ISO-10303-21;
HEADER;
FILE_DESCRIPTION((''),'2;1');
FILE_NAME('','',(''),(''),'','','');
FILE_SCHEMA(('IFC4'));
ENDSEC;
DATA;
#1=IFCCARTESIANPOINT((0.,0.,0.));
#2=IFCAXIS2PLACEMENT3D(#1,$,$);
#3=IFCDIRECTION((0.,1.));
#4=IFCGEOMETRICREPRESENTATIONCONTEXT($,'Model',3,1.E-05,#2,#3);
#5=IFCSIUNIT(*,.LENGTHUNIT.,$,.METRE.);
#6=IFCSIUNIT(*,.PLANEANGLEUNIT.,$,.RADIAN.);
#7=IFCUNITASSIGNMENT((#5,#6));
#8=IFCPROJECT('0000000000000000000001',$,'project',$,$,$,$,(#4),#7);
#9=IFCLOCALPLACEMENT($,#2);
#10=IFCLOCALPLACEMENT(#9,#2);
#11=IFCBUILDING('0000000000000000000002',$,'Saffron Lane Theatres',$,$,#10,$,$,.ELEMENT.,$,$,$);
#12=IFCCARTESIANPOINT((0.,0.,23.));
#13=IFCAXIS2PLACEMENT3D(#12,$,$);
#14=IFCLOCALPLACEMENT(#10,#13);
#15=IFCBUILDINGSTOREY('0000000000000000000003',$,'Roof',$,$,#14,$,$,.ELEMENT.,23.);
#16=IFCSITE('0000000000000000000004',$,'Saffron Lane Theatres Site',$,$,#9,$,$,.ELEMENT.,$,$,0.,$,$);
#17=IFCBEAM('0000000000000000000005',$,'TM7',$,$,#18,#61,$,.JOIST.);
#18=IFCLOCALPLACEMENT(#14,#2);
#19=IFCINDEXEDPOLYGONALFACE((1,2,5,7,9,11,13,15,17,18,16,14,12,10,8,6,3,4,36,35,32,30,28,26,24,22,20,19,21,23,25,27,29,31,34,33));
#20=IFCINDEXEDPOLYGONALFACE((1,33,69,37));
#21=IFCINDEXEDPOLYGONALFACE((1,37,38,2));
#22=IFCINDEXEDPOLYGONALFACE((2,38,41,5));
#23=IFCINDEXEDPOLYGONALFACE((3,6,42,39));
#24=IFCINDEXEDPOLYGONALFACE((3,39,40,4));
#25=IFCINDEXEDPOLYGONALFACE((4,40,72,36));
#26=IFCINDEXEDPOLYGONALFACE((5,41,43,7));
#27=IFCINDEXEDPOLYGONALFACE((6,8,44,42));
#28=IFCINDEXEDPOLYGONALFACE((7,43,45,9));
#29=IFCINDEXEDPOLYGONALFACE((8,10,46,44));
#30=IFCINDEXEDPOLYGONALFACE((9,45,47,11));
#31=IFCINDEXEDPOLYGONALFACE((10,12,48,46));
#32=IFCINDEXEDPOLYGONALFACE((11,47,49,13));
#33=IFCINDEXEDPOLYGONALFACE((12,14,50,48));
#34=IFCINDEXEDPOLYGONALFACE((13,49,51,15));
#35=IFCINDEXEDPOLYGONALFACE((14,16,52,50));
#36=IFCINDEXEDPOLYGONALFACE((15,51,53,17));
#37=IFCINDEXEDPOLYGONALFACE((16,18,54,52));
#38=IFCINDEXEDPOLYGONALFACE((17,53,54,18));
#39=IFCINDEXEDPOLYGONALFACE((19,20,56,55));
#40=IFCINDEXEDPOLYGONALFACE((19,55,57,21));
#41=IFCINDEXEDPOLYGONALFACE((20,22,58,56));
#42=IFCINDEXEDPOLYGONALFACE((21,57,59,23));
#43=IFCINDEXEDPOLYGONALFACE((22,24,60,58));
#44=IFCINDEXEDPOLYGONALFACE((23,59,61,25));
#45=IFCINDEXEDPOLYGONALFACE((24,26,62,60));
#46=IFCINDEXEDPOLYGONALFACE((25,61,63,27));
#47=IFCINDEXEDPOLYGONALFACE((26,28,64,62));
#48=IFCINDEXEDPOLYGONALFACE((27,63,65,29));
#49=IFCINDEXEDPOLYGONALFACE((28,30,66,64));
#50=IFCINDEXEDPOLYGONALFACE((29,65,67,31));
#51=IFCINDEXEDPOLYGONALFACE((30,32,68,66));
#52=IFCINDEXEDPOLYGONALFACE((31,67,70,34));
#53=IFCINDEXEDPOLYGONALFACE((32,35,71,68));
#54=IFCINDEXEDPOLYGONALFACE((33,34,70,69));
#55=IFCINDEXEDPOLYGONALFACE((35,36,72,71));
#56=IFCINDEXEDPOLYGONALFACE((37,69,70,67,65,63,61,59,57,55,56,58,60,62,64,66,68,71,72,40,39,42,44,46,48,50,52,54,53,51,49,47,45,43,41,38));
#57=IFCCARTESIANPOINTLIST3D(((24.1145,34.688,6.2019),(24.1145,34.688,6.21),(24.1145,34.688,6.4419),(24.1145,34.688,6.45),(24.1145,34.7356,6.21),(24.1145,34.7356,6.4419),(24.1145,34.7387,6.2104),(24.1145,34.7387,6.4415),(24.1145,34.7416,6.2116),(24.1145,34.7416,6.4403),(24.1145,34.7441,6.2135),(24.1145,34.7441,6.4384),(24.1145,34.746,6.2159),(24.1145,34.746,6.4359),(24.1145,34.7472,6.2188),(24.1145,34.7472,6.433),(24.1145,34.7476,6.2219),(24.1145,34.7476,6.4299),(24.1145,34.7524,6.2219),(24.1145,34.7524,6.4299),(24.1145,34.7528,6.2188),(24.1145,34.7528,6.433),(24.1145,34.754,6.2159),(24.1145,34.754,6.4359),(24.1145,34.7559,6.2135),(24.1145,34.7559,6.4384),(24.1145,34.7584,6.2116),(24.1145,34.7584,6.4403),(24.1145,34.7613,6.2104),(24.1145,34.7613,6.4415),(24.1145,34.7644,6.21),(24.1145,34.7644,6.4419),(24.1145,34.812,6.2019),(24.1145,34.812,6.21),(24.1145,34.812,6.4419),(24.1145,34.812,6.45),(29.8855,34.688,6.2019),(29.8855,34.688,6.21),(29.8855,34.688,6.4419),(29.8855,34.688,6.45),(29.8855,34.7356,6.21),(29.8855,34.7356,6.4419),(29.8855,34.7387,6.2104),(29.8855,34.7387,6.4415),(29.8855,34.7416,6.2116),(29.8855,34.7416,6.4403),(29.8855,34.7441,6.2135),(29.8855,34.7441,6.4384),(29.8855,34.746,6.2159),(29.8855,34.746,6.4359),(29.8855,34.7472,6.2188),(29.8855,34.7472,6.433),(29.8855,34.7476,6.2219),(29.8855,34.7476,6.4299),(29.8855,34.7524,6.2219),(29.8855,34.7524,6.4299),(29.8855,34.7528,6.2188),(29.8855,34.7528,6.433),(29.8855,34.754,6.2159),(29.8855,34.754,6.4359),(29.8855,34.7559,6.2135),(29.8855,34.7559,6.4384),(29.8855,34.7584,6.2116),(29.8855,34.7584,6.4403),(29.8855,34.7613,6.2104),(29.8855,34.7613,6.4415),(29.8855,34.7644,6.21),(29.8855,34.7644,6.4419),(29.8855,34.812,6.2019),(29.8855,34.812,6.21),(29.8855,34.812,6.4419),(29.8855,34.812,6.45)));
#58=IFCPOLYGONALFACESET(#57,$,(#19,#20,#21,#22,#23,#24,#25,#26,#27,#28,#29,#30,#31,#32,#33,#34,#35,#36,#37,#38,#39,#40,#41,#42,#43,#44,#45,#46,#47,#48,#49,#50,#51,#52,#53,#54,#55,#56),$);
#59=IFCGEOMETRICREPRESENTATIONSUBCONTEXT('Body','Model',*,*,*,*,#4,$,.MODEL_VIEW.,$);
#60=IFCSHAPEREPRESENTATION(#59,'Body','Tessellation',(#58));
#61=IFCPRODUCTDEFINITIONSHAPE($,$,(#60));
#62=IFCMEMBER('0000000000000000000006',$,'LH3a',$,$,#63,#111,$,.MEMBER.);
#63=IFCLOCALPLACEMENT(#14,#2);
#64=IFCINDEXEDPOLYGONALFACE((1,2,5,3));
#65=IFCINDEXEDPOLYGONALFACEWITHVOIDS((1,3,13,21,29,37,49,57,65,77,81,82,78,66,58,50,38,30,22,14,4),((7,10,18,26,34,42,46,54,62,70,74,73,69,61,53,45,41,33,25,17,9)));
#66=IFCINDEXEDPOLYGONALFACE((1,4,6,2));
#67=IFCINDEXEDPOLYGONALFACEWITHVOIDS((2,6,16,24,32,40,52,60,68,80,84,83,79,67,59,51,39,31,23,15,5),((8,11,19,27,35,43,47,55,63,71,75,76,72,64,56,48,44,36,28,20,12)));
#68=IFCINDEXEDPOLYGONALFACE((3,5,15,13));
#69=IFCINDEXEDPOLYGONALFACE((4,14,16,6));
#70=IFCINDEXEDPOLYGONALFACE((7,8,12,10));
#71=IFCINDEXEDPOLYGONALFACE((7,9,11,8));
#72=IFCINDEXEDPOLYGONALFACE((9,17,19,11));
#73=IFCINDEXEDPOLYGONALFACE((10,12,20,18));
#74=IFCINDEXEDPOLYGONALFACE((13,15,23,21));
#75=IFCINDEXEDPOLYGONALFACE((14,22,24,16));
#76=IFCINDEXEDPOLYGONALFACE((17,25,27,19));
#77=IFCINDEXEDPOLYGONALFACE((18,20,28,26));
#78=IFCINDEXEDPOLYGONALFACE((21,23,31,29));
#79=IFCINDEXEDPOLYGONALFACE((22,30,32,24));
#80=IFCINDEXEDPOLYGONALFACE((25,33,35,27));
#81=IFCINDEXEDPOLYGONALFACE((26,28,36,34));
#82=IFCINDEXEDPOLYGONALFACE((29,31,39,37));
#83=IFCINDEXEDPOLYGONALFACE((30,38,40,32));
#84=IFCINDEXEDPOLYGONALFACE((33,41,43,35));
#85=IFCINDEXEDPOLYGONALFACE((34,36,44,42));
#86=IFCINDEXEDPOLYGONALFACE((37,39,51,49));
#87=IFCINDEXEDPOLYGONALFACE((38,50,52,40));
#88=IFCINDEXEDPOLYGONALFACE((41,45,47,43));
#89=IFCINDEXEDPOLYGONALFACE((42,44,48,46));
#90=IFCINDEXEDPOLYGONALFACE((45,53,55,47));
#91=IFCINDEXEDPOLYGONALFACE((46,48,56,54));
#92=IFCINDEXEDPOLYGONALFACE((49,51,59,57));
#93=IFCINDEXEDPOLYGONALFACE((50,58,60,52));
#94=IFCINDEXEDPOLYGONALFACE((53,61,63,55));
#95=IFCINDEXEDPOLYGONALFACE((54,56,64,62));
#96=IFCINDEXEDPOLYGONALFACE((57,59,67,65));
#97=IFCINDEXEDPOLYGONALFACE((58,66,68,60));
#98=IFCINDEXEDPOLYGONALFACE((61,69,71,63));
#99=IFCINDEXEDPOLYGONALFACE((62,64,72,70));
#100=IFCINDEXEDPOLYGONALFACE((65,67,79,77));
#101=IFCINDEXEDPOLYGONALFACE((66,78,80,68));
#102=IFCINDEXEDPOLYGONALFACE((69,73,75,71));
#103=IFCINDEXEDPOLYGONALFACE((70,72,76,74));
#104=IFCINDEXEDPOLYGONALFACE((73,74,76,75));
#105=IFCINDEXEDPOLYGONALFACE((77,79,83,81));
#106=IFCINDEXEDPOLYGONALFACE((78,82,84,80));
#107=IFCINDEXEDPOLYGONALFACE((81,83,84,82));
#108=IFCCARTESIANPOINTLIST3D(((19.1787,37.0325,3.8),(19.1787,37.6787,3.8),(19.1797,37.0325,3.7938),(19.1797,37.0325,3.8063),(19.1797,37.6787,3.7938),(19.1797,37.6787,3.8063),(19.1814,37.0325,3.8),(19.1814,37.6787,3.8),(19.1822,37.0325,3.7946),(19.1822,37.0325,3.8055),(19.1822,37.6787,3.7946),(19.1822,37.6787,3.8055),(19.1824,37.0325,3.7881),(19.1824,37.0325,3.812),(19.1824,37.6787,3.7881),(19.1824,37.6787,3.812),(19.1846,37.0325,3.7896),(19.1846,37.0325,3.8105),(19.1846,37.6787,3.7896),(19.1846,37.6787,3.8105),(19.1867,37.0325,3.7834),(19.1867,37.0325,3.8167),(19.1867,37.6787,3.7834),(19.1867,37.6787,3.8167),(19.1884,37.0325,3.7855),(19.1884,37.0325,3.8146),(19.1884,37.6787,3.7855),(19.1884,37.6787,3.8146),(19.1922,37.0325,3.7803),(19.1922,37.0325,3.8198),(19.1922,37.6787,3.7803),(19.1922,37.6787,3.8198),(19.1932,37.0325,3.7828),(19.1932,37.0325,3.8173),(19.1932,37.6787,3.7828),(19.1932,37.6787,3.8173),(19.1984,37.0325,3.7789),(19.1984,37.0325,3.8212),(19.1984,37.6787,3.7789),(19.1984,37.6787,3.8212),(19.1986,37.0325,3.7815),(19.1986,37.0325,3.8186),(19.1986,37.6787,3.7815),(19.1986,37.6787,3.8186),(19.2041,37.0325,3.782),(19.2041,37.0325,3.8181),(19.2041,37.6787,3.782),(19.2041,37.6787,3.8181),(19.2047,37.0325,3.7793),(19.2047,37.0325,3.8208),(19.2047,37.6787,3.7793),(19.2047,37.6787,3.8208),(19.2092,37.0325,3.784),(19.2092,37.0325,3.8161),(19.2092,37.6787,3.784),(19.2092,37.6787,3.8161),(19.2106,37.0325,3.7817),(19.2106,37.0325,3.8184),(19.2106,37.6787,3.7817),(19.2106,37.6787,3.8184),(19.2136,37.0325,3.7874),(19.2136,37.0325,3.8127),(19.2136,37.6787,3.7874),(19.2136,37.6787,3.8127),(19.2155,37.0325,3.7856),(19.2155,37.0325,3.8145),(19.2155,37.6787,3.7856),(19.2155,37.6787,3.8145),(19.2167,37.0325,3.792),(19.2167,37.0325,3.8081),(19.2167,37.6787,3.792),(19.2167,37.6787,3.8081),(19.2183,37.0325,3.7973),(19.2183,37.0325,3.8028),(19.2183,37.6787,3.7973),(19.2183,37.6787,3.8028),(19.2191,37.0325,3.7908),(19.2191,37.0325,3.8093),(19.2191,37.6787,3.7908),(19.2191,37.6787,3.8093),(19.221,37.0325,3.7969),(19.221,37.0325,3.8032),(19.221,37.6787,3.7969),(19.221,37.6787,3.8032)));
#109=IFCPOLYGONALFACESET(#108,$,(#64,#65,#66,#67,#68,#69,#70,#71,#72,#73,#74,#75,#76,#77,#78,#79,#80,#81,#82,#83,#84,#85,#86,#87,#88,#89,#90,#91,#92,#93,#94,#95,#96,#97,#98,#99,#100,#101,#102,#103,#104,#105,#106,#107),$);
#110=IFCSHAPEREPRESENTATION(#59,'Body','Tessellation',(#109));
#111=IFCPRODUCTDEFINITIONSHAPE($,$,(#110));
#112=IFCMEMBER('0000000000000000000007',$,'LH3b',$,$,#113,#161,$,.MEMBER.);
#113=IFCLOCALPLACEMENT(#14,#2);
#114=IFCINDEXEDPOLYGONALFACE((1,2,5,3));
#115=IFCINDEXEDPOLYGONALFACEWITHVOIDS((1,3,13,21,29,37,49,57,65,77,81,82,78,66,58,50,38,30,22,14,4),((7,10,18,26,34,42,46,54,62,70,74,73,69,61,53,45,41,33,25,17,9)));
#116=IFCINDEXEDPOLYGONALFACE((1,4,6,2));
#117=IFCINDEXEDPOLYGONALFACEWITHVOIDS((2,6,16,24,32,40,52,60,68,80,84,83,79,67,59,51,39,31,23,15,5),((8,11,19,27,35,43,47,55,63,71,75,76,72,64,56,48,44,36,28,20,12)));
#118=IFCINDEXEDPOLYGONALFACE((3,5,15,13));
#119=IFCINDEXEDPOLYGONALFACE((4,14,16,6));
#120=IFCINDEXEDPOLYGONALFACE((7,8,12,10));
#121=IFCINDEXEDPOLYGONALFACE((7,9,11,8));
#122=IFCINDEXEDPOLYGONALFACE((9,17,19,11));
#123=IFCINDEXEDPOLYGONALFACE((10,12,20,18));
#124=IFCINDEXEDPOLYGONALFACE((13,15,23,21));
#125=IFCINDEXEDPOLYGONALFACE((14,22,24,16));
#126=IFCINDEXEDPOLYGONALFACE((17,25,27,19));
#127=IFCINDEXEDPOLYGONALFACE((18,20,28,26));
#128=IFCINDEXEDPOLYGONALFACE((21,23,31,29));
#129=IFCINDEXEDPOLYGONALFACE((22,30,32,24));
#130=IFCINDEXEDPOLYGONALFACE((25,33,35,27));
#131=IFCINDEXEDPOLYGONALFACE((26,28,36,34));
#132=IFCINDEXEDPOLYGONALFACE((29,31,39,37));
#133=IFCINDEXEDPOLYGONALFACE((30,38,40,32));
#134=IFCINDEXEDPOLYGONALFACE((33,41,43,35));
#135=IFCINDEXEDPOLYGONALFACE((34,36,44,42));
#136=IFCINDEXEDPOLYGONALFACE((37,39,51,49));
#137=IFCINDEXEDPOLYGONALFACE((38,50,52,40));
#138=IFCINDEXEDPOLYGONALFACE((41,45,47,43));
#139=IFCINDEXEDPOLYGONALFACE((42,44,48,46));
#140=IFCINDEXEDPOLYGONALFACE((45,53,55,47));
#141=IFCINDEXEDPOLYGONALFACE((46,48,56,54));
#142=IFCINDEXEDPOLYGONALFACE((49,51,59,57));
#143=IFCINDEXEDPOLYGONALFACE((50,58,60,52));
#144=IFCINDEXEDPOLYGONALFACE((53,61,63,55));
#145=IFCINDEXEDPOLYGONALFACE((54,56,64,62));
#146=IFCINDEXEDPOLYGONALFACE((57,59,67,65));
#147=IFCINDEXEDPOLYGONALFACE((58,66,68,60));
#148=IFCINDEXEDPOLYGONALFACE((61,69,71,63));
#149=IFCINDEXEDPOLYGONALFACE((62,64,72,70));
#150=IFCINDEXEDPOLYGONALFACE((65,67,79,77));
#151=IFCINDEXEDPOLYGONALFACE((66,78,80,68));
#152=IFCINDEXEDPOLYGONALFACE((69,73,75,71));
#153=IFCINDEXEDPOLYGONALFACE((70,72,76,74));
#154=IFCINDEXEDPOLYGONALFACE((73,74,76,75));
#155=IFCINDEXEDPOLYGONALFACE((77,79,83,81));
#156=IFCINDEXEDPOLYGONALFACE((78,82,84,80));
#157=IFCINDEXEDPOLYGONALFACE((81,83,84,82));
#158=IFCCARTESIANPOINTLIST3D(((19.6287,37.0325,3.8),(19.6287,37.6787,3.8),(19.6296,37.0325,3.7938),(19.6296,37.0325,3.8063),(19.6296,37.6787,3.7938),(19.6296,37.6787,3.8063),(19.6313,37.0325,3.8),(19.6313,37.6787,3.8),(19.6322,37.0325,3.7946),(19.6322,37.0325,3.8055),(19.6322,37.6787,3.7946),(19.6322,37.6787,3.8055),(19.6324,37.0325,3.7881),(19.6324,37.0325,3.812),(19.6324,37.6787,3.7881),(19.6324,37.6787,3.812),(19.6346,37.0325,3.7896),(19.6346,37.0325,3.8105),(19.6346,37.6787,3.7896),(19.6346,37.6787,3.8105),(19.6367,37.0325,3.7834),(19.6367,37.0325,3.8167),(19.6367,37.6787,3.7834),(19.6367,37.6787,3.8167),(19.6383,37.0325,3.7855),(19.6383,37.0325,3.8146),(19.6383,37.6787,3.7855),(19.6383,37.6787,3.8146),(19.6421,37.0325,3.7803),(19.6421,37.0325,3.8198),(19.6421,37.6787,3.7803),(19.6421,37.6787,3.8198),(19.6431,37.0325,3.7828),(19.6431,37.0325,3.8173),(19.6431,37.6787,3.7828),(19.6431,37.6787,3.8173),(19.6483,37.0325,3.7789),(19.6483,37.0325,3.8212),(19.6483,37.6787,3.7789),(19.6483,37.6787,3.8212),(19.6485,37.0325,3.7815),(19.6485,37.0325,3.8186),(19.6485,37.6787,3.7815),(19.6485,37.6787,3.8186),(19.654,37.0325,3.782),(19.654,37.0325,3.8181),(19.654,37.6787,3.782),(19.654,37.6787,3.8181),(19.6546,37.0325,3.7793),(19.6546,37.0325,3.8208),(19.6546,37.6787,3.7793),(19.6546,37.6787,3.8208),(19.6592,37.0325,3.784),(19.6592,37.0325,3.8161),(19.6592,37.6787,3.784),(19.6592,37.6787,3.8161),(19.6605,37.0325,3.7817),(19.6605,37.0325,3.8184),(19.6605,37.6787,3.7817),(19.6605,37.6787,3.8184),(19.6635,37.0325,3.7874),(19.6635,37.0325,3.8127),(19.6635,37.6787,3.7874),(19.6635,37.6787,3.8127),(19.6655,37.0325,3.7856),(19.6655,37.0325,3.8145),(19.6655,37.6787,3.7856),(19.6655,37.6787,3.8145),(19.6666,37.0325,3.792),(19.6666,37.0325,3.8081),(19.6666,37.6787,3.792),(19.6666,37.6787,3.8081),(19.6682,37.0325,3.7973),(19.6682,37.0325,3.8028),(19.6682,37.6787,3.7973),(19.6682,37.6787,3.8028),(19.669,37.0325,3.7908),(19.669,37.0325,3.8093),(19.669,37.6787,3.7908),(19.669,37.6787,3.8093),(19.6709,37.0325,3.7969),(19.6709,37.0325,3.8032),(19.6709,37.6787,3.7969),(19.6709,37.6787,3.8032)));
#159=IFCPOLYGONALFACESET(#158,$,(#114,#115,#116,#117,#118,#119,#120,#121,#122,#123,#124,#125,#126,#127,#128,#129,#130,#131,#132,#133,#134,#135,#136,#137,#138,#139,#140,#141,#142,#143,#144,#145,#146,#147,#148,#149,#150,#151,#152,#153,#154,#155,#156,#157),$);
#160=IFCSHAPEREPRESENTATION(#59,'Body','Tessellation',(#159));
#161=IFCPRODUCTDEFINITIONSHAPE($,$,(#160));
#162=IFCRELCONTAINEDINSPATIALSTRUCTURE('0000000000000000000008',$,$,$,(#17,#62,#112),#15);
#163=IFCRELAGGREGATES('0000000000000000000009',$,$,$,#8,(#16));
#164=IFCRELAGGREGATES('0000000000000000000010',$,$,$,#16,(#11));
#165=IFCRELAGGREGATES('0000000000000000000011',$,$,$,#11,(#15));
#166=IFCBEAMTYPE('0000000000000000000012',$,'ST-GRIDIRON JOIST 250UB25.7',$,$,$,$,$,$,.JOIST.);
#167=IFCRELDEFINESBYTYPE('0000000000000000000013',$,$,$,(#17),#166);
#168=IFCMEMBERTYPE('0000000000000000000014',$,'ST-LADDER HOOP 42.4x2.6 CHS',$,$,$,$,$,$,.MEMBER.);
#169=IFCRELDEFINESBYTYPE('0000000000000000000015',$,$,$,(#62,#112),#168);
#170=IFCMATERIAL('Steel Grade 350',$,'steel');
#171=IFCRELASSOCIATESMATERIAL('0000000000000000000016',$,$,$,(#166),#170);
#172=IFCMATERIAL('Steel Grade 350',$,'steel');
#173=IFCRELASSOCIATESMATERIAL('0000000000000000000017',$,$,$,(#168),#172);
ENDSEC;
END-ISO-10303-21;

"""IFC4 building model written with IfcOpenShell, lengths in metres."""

from ifc_helpers import new_model, si_unit, direction, frame, origin, origin_2d, place, context, subcontext, project, spatial, hollow_circle, i_section, extrude, material, material_profile, profile_set, type_object, element, save


model = new_model("IFC4")

# Units and contexts
model_context = context("Model", 3, precision=1e-05, world=origin(), true_north=direction((0.0, 1.0)))
body_context = subcontext(model_context, "Body", "Model", "MODEL_VIEW")
ifc_project = project(units=[si_unit("LENGTHUNIT", "METRE"), si_unit("PLANEANGLEUNIT", "RADIAN")], contexts=[model_context])

# Site, building, storey
site_placement = place(None, origin())
site = spatial("IfcSite", under=ifc_project, at=site_placement, Name="Saffron Lane Theatres Site", CompositionType="ELEMENT", RefElevation=0.0)
building_placement = place(site_placement, origin())
building = spatial("IfcBuilding", under=site, at=building_placement, Name="Saffron Lane Theatres", CompositionType="ELEMENT")
storey_placement = place(building_placement, frame((0.0, 0.0, 23.0)))
storey = spatial("IfcBuildingStorey", under=building, at=storey_placement, Name="Roof", CompositionType="ELEMENT", Elevation=23.0)

# Beam
ifc_material_1 = material(Name="Steel Grade 350", Category="steel")
ifc_material_profile_1 = material_profile(ifc_material_1, i_section(OverallWidth=0.124, OverallDepth=0.248, WebThickness=0.0049, FlangeThickness=0.0081, FilletRadius=0.012, at=origin_2d()))
ifc_profile_set_1 = profile_set([ifc_material_profile_1], Name="Steel Grade 350")
beam_type_1 = type_object("IfcBeamType", Name="ST-GRIDIRON JOIST 250UB25.7", PredefinedType="JOIST", material=ifc_profile_set_1)
beam_1_placement = place(storey_placement, frame((24.1145, 34.75, 6.3259), z_axis=(1.0, 0.0, 0.0), x_axis=(0.0, 1.0, 0.0)))
element("IfcBeam", 1, at=beam_1_placement, inside=storey, type_object=beam_type_1, Name="TM7", PredefinedType="JOIST", context=body_context, shape_type="SweptSolid", body=[
    extrude(i_section(OverallWidth=0.124, OverallDepth=0.248, WebThickness=0.0049, FlangeThickness=0.0081, FilletRadius=0.012, at=origin_2d()), origin(), (0.0, 0.0, 1.0), 5.771),
])

# Members
ifc_material_2 = material(Name="Steel Grade 350", Category="steel")
ifc_material_profile_2 = material_profile(ifc_material_2, hollow_circle(Radius=0.0212, WallThickness=0.0027, at=origin_2d()))
ifc_profile_set_2 = profile_set([ifc_material_profile_2], Name="Steel Grade 350")
member_type_1 = type_object("IfcMemberType", Name="ST-LADDER HOOP 42.4x2.6 CHS", PredefinedType="MEMBER", material=ifc_profile_set_2)
for number, where, z_axis, x_axis, name in (
    (2, (19.2, 37.0325, 3.8), (0.0, 1.0, 0.0), (-1.0, 0.0, 0.0), "LH3a"),
    (3, (19.6499, 37.0325, 3.8), (0.0, 1.0, 0.0), (-1.0, 0.0, 0.0), "LH3b"),
):
    element("IfcMember", number, at=place(storey_placement, frame(where, z_axis=z_axis, x_axis=x_axis)), inside=storey, type_object=member_type_1, Name=name, PredefinedType="MEMBER", context=body_context, shape_type="SweptSolid", body=[
        extrude(hollow_circle(Radius=0.0212, WallThickness=0.0027, at=origin_2d()), origin(), (0.0, 0.0, 1.0), 0.6462),
    ])

save(model, "model.ifc")
